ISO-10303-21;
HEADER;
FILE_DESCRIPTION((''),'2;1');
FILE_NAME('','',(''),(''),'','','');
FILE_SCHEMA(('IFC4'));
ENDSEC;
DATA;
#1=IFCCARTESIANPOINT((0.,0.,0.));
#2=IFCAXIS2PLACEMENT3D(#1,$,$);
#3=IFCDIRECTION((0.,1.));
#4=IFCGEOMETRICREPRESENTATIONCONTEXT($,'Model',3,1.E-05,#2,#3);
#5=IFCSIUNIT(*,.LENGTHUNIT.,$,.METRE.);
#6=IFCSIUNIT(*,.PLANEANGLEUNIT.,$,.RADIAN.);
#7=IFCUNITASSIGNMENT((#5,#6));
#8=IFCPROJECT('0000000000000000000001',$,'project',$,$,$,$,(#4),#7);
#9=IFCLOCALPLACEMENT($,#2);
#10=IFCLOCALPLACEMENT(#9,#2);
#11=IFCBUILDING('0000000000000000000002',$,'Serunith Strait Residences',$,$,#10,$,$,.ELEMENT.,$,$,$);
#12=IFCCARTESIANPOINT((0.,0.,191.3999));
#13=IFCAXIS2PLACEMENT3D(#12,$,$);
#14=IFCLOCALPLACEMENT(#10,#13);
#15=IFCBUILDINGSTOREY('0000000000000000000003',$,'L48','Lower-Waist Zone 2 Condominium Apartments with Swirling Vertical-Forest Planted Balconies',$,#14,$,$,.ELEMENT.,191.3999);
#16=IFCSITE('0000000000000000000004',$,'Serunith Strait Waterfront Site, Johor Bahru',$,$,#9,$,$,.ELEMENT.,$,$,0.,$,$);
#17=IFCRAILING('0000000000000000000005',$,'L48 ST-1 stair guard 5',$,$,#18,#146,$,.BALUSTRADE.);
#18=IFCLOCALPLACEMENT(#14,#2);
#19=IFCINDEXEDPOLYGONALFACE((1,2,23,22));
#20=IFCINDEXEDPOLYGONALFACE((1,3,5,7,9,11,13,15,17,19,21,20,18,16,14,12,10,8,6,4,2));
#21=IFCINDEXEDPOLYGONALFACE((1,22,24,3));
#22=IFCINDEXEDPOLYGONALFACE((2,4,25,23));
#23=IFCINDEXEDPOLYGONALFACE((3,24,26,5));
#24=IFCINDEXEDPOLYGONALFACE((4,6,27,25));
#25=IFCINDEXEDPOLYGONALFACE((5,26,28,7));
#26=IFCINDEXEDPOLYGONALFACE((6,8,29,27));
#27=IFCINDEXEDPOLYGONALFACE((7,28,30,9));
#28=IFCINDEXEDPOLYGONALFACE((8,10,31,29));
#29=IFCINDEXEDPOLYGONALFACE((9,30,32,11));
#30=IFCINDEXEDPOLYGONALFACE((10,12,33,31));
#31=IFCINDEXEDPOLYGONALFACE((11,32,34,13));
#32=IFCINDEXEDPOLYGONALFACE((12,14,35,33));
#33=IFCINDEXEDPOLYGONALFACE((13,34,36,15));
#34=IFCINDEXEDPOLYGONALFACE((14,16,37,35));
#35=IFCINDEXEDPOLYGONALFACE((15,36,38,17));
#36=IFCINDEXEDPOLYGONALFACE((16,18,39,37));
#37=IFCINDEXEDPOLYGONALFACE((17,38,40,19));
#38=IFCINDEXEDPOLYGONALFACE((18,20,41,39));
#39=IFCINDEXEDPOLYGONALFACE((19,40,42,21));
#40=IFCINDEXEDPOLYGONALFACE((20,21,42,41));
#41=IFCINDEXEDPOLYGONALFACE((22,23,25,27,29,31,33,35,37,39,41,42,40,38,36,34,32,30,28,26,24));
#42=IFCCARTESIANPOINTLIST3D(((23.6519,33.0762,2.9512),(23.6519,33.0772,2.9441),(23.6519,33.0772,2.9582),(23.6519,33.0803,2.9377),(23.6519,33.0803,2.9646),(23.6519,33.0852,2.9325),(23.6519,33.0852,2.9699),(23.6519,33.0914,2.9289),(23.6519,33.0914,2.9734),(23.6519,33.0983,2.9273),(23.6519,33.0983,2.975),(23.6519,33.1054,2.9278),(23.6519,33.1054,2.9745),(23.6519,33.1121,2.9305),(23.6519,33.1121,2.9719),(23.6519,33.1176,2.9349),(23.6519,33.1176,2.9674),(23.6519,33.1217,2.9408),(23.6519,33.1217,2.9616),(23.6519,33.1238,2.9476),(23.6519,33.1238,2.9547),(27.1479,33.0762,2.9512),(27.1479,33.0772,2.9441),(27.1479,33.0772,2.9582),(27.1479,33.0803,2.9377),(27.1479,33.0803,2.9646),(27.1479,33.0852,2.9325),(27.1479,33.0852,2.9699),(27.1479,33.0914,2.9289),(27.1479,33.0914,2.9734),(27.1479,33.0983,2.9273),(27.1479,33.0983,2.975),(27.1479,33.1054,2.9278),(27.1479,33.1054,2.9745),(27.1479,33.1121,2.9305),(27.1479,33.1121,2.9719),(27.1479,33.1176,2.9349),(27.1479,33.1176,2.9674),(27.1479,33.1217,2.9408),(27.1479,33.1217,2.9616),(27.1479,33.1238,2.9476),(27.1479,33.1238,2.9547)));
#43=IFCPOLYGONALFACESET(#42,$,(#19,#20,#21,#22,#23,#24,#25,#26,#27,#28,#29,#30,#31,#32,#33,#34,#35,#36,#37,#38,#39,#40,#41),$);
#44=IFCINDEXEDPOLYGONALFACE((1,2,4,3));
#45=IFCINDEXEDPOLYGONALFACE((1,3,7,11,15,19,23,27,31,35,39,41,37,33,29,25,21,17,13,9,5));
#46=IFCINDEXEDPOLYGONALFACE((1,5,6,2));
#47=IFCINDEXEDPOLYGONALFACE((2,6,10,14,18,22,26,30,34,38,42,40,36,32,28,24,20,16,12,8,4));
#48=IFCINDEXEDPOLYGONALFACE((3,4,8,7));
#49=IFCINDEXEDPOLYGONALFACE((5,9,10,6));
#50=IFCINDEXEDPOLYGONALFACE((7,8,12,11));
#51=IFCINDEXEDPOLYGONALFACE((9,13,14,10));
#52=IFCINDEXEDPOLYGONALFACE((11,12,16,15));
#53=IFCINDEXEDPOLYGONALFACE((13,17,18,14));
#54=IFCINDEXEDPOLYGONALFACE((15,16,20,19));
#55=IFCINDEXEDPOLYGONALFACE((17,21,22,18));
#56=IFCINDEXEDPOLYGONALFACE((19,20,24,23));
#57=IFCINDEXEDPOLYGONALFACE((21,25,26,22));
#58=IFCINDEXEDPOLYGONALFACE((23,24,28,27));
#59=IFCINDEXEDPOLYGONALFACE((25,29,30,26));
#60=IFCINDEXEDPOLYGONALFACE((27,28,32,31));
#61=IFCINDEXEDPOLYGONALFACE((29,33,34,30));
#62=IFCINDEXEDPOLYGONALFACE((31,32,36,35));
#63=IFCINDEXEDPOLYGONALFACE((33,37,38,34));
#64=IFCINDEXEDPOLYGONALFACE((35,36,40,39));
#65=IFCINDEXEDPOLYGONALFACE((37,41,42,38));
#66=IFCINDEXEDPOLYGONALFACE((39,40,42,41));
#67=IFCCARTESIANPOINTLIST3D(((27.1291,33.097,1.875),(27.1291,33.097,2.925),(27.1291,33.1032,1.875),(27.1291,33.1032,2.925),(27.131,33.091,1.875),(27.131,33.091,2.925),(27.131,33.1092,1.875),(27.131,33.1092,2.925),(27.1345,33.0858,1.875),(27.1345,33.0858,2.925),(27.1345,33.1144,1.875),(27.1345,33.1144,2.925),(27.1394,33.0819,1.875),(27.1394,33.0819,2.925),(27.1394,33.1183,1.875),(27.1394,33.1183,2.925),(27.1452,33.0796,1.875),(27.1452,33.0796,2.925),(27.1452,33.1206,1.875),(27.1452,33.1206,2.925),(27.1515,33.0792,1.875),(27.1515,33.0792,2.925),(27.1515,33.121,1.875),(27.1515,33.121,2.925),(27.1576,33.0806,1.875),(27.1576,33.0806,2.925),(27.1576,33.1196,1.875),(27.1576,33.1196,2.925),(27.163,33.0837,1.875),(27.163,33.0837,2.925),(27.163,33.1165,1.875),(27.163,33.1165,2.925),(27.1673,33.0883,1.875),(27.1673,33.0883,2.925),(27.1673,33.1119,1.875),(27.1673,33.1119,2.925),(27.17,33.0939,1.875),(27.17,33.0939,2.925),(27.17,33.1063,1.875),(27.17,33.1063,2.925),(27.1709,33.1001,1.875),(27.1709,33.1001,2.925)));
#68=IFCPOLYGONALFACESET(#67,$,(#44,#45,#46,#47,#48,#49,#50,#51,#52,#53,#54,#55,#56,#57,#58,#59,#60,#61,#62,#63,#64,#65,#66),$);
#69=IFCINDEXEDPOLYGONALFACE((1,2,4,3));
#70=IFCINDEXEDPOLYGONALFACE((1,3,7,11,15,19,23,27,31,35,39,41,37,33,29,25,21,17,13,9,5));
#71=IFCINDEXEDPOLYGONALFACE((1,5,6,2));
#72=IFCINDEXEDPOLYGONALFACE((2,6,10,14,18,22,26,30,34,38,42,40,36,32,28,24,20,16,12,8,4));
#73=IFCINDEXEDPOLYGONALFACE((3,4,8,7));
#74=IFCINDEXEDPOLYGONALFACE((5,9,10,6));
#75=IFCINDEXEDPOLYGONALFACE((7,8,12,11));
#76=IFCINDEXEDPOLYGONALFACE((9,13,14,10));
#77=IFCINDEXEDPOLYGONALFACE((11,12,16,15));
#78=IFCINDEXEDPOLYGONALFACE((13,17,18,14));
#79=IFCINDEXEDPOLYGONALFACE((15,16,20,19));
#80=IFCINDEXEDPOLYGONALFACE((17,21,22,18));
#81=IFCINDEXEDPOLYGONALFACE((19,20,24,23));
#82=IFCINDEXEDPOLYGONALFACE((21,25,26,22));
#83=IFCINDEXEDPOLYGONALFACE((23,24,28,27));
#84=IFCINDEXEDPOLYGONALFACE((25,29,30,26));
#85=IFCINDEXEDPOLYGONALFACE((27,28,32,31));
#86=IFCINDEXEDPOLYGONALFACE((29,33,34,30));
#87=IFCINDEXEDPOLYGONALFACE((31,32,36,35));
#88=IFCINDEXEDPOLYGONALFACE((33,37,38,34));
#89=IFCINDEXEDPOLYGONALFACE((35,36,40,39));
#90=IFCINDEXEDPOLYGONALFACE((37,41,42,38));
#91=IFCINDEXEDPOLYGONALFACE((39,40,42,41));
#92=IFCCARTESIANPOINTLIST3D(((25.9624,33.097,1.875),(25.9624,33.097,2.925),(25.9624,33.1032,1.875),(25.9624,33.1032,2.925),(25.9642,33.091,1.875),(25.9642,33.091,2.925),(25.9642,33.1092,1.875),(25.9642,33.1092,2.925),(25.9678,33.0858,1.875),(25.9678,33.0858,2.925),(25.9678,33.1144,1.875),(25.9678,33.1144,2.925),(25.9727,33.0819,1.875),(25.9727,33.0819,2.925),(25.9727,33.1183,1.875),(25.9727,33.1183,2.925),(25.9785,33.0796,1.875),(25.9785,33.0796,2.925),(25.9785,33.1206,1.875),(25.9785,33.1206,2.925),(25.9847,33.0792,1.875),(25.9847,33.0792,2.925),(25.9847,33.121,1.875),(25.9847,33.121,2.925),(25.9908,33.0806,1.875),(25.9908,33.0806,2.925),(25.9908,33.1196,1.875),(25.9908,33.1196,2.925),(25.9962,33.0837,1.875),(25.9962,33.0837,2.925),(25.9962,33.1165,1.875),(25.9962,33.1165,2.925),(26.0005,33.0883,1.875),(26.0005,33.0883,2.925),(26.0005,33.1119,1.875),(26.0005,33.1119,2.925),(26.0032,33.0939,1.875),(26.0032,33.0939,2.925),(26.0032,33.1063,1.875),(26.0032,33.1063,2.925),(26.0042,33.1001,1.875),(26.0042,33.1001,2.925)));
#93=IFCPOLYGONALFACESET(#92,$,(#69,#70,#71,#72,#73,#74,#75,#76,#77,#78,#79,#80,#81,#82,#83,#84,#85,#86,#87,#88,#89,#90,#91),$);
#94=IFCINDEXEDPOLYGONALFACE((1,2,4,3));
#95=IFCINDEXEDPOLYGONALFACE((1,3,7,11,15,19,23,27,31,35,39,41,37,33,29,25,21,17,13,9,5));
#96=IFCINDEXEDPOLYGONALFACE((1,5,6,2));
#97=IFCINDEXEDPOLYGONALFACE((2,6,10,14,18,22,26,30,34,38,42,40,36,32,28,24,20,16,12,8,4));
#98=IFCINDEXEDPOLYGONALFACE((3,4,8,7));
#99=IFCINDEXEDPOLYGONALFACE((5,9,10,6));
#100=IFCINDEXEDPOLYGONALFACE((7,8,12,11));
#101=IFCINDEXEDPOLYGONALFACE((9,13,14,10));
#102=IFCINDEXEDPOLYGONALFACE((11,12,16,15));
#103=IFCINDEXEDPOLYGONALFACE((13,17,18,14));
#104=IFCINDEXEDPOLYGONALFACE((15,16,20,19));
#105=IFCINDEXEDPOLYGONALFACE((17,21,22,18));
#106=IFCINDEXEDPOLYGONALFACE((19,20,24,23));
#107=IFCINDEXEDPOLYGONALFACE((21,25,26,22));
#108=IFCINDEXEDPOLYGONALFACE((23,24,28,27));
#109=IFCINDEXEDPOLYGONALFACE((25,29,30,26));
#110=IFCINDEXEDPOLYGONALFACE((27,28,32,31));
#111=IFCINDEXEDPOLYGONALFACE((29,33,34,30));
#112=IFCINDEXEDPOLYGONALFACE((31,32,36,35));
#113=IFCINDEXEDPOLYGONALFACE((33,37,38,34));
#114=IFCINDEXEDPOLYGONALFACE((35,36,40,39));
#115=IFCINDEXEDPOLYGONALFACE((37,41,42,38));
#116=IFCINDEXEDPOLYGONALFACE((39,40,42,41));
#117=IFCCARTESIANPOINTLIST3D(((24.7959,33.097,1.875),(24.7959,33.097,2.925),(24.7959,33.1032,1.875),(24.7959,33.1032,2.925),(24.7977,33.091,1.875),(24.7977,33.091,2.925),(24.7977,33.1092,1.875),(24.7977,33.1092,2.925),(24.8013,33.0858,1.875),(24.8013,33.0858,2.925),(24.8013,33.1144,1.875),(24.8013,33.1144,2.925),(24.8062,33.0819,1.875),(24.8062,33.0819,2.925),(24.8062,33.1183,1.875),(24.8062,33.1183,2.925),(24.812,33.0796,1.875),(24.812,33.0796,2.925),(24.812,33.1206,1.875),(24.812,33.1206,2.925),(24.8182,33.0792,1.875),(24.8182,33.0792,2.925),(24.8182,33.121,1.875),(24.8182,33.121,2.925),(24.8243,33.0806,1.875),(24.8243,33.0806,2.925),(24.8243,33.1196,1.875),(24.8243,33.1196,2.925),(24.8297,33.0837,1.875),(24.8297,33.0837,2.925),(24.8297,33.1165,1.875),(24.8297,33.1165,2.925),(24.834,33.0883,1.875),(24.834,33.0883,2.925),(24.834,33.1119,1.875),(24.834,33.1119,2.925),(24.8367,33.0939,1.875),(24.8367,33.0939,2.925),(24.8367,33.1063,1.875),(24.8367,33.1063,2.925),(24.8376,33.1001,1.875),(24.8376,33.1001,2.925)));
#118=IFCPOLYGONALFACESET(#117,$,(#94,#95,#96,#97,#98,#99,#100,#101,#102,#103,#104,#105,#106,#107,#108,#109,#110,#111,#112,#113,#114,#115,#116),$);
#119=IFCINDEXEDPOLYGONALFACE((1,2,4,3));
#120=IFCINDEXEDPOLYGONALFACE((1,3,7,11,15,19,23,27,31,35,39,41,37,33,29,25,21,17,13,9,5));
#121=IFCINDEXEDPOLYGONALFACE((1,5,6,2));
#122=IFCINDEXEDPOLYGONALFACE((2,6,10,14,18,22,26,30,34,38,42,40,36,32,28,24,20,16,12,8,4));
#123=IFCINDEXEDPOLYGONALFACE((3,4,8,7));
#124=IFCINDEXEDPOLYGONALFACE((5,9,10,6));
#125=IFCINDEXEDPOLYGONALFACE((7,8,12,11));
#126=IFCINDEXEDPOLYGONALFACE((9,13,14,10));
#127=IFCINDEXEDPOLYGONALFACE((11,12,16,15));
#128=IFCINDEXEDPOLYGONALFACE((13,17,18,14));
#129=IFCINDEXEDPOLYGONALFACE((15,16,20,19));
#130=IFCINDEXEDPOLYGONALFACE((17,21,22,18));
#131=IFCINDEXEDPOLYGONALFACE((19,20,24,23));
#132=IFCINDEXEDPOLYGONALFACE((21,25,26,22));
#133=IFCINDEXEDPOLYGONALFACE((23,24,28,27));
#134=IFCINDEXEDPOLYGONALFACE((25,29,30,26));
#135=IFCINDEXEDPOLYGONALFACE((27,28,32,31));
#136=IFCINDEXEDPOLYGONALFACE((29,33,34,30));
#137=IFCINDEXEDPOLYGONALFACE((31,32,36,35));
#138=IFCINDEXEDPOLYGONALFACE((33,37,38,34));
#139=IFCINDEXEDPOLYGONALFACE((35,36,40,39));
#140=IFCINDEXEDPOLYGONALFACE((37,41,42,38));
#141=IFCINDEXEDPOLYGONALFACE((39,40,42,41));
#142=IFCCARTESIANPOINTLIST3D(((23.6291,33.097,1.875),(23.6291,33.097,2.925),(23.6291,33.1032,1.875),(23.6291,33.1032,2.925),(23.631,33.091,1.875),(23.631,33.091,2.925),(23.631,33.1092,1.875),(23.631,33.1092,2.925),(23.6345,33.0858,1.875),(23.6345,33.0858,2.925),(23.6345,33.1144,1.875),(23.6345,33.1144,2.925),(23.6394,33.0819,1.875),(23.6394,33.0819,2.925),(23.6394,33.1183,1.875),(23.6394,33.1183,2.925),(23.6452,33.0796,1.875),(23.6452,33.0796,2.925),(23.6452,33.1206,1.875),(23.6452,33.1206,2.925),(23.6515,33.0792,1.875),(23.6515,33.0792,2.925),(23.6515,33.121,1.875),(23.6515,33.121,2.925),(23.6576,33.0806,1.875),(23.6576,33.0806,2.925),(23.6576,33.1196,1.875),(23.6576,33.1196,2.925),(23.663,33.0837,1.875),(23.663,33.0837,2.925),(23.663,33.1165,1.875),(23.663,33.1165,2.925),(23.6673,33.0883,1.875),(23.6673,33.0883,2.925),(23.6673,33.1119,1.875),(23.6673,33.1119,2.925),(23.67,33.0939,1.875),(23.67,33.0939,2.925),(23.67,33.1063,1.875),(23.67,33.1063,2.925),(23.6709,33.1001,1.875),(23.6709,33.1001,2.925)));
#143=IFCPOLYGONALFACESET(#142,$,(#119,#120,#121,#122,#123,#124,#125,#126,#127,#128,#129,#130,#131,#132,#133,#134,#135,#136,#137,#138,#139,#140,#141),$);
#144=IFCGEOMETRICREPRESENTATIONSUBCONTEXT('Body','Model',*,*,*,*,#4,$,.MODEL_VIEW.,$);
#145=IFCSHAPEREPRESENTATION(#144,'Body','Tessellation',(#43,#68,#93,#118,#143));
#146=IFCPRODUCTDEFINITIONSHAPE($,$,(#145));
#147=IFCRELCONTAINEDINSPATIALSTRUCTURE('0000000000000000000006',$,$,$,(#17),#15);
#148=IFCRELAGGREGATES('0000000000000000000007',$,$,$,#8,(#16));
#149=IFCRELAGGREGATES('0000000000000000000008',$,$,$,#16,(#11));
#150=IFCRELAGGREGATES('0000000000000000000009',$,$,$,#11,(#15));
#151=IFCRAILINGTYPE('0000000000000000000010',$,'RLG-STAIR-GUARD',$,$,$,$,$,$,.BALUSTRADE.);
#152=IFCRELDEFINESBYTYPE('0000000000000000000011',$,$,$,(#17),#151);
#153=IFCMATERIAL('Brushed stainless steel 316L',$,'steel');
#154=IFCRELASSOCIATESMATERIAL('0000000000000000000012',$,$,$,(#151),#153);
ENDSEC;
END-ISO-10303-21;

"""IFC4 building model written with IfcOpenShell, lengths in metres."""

from ifc_helpers import new_model, si_unit, direction, frame, origin, origin_2d, place, context, subcontext, project, spatial, circle, extrude, material, type_object, element, save


model = new_model("IFC4")

# Units and contexts
model_context = context("Model", 3, precision=1e-05, world=origin(), true_north=direction((0.0, 1.0)))
body_context = subcontext(model_context, "Body", "Model", "MODEL_VIEW")
ifc_project = project(units=[si_unit("LENGTHUNIT", "METRE"), si_unit("PLANEANGLEUNIT", "RADIAN")], contexts=[model_context])

# Site, building, storey
site_placement = place(None, origin())
site = spatial("IfcSite", under=ifc_project, at=site_placement, Name="Serunith Strait Waterfront Site, Johor Bahru", CompositionType="ELEMENT", RefElevation=0.0)
building_placement = place(site_placement, origin())
building = spatial("IfcBuilding", under=site, at=building_placement, Name="Serunith Strait Residences", CompositionType="ELEMENT")
storey_placement = place(building_placement, frame((0.0, 0.0, 191.3999)))
storey = spatial("IfcBuildingStorey", under=building, at=storey_placement, Name="L48", Description="Lower-Waist Zone 2 Condominium Apartments with Swirling Vertical-Forest Planted Balconies", CompositionType="ELEMENT", Elevation=191.3999)

# Railing
ifc_material_1 = material(Name="Brushed stainless steel 316L", Category="steel")
railing_type_1 = type_object("IfcRailingType", Name="RLG-STAIR-GUARD", PredefinedType="BALUSTRADE", material=ifc_material_1)
railing_1_placement = place(storey_placement, frame((27.1499, 33.1001, 1.875)))
element("IfcRailing", 1, at=railing_1_placement, inside=storey, type_object=railing_type_1, Name="L48 ST-1 stair guard 5", PredefinedType="BALUSTRADE", context=body_context, shape_type="SweptSolid", body=[
    extrude(circle(Radius=0.0239, at=origin_2d()), frame((-0.002, 0.0, 1.0762), z_axis=(-1.0, 0.0, 0.0), x_axis=(0.0, -1.0, 0.0)), (0.0, 0.0, 1.0), 3.4961),
    extrude(circle(Radius=0.021, at=origin_2d()), origin(), (0.0, 0.0, 1.0), 1.05),
    extrude(circle(Radius=0.021, at=origin_2d()), frame((-1.1667, 0.0, 0.0)), (0.0, 0.0, 1.0), 1.05),
    extrude(circle(Radius=0.021, at=origin_2d()), frame((-2.3333, 0.0, 0.0)), (0.0, 0.0, 1.0), 1.05),
    extrude(circle(Radius=0.021, at=origin_2d()), frame((-3.5, 0.0, 0.0)), (0.0, 0.0, 1.0), 1.05),
])

save(model, "model.ifc")
